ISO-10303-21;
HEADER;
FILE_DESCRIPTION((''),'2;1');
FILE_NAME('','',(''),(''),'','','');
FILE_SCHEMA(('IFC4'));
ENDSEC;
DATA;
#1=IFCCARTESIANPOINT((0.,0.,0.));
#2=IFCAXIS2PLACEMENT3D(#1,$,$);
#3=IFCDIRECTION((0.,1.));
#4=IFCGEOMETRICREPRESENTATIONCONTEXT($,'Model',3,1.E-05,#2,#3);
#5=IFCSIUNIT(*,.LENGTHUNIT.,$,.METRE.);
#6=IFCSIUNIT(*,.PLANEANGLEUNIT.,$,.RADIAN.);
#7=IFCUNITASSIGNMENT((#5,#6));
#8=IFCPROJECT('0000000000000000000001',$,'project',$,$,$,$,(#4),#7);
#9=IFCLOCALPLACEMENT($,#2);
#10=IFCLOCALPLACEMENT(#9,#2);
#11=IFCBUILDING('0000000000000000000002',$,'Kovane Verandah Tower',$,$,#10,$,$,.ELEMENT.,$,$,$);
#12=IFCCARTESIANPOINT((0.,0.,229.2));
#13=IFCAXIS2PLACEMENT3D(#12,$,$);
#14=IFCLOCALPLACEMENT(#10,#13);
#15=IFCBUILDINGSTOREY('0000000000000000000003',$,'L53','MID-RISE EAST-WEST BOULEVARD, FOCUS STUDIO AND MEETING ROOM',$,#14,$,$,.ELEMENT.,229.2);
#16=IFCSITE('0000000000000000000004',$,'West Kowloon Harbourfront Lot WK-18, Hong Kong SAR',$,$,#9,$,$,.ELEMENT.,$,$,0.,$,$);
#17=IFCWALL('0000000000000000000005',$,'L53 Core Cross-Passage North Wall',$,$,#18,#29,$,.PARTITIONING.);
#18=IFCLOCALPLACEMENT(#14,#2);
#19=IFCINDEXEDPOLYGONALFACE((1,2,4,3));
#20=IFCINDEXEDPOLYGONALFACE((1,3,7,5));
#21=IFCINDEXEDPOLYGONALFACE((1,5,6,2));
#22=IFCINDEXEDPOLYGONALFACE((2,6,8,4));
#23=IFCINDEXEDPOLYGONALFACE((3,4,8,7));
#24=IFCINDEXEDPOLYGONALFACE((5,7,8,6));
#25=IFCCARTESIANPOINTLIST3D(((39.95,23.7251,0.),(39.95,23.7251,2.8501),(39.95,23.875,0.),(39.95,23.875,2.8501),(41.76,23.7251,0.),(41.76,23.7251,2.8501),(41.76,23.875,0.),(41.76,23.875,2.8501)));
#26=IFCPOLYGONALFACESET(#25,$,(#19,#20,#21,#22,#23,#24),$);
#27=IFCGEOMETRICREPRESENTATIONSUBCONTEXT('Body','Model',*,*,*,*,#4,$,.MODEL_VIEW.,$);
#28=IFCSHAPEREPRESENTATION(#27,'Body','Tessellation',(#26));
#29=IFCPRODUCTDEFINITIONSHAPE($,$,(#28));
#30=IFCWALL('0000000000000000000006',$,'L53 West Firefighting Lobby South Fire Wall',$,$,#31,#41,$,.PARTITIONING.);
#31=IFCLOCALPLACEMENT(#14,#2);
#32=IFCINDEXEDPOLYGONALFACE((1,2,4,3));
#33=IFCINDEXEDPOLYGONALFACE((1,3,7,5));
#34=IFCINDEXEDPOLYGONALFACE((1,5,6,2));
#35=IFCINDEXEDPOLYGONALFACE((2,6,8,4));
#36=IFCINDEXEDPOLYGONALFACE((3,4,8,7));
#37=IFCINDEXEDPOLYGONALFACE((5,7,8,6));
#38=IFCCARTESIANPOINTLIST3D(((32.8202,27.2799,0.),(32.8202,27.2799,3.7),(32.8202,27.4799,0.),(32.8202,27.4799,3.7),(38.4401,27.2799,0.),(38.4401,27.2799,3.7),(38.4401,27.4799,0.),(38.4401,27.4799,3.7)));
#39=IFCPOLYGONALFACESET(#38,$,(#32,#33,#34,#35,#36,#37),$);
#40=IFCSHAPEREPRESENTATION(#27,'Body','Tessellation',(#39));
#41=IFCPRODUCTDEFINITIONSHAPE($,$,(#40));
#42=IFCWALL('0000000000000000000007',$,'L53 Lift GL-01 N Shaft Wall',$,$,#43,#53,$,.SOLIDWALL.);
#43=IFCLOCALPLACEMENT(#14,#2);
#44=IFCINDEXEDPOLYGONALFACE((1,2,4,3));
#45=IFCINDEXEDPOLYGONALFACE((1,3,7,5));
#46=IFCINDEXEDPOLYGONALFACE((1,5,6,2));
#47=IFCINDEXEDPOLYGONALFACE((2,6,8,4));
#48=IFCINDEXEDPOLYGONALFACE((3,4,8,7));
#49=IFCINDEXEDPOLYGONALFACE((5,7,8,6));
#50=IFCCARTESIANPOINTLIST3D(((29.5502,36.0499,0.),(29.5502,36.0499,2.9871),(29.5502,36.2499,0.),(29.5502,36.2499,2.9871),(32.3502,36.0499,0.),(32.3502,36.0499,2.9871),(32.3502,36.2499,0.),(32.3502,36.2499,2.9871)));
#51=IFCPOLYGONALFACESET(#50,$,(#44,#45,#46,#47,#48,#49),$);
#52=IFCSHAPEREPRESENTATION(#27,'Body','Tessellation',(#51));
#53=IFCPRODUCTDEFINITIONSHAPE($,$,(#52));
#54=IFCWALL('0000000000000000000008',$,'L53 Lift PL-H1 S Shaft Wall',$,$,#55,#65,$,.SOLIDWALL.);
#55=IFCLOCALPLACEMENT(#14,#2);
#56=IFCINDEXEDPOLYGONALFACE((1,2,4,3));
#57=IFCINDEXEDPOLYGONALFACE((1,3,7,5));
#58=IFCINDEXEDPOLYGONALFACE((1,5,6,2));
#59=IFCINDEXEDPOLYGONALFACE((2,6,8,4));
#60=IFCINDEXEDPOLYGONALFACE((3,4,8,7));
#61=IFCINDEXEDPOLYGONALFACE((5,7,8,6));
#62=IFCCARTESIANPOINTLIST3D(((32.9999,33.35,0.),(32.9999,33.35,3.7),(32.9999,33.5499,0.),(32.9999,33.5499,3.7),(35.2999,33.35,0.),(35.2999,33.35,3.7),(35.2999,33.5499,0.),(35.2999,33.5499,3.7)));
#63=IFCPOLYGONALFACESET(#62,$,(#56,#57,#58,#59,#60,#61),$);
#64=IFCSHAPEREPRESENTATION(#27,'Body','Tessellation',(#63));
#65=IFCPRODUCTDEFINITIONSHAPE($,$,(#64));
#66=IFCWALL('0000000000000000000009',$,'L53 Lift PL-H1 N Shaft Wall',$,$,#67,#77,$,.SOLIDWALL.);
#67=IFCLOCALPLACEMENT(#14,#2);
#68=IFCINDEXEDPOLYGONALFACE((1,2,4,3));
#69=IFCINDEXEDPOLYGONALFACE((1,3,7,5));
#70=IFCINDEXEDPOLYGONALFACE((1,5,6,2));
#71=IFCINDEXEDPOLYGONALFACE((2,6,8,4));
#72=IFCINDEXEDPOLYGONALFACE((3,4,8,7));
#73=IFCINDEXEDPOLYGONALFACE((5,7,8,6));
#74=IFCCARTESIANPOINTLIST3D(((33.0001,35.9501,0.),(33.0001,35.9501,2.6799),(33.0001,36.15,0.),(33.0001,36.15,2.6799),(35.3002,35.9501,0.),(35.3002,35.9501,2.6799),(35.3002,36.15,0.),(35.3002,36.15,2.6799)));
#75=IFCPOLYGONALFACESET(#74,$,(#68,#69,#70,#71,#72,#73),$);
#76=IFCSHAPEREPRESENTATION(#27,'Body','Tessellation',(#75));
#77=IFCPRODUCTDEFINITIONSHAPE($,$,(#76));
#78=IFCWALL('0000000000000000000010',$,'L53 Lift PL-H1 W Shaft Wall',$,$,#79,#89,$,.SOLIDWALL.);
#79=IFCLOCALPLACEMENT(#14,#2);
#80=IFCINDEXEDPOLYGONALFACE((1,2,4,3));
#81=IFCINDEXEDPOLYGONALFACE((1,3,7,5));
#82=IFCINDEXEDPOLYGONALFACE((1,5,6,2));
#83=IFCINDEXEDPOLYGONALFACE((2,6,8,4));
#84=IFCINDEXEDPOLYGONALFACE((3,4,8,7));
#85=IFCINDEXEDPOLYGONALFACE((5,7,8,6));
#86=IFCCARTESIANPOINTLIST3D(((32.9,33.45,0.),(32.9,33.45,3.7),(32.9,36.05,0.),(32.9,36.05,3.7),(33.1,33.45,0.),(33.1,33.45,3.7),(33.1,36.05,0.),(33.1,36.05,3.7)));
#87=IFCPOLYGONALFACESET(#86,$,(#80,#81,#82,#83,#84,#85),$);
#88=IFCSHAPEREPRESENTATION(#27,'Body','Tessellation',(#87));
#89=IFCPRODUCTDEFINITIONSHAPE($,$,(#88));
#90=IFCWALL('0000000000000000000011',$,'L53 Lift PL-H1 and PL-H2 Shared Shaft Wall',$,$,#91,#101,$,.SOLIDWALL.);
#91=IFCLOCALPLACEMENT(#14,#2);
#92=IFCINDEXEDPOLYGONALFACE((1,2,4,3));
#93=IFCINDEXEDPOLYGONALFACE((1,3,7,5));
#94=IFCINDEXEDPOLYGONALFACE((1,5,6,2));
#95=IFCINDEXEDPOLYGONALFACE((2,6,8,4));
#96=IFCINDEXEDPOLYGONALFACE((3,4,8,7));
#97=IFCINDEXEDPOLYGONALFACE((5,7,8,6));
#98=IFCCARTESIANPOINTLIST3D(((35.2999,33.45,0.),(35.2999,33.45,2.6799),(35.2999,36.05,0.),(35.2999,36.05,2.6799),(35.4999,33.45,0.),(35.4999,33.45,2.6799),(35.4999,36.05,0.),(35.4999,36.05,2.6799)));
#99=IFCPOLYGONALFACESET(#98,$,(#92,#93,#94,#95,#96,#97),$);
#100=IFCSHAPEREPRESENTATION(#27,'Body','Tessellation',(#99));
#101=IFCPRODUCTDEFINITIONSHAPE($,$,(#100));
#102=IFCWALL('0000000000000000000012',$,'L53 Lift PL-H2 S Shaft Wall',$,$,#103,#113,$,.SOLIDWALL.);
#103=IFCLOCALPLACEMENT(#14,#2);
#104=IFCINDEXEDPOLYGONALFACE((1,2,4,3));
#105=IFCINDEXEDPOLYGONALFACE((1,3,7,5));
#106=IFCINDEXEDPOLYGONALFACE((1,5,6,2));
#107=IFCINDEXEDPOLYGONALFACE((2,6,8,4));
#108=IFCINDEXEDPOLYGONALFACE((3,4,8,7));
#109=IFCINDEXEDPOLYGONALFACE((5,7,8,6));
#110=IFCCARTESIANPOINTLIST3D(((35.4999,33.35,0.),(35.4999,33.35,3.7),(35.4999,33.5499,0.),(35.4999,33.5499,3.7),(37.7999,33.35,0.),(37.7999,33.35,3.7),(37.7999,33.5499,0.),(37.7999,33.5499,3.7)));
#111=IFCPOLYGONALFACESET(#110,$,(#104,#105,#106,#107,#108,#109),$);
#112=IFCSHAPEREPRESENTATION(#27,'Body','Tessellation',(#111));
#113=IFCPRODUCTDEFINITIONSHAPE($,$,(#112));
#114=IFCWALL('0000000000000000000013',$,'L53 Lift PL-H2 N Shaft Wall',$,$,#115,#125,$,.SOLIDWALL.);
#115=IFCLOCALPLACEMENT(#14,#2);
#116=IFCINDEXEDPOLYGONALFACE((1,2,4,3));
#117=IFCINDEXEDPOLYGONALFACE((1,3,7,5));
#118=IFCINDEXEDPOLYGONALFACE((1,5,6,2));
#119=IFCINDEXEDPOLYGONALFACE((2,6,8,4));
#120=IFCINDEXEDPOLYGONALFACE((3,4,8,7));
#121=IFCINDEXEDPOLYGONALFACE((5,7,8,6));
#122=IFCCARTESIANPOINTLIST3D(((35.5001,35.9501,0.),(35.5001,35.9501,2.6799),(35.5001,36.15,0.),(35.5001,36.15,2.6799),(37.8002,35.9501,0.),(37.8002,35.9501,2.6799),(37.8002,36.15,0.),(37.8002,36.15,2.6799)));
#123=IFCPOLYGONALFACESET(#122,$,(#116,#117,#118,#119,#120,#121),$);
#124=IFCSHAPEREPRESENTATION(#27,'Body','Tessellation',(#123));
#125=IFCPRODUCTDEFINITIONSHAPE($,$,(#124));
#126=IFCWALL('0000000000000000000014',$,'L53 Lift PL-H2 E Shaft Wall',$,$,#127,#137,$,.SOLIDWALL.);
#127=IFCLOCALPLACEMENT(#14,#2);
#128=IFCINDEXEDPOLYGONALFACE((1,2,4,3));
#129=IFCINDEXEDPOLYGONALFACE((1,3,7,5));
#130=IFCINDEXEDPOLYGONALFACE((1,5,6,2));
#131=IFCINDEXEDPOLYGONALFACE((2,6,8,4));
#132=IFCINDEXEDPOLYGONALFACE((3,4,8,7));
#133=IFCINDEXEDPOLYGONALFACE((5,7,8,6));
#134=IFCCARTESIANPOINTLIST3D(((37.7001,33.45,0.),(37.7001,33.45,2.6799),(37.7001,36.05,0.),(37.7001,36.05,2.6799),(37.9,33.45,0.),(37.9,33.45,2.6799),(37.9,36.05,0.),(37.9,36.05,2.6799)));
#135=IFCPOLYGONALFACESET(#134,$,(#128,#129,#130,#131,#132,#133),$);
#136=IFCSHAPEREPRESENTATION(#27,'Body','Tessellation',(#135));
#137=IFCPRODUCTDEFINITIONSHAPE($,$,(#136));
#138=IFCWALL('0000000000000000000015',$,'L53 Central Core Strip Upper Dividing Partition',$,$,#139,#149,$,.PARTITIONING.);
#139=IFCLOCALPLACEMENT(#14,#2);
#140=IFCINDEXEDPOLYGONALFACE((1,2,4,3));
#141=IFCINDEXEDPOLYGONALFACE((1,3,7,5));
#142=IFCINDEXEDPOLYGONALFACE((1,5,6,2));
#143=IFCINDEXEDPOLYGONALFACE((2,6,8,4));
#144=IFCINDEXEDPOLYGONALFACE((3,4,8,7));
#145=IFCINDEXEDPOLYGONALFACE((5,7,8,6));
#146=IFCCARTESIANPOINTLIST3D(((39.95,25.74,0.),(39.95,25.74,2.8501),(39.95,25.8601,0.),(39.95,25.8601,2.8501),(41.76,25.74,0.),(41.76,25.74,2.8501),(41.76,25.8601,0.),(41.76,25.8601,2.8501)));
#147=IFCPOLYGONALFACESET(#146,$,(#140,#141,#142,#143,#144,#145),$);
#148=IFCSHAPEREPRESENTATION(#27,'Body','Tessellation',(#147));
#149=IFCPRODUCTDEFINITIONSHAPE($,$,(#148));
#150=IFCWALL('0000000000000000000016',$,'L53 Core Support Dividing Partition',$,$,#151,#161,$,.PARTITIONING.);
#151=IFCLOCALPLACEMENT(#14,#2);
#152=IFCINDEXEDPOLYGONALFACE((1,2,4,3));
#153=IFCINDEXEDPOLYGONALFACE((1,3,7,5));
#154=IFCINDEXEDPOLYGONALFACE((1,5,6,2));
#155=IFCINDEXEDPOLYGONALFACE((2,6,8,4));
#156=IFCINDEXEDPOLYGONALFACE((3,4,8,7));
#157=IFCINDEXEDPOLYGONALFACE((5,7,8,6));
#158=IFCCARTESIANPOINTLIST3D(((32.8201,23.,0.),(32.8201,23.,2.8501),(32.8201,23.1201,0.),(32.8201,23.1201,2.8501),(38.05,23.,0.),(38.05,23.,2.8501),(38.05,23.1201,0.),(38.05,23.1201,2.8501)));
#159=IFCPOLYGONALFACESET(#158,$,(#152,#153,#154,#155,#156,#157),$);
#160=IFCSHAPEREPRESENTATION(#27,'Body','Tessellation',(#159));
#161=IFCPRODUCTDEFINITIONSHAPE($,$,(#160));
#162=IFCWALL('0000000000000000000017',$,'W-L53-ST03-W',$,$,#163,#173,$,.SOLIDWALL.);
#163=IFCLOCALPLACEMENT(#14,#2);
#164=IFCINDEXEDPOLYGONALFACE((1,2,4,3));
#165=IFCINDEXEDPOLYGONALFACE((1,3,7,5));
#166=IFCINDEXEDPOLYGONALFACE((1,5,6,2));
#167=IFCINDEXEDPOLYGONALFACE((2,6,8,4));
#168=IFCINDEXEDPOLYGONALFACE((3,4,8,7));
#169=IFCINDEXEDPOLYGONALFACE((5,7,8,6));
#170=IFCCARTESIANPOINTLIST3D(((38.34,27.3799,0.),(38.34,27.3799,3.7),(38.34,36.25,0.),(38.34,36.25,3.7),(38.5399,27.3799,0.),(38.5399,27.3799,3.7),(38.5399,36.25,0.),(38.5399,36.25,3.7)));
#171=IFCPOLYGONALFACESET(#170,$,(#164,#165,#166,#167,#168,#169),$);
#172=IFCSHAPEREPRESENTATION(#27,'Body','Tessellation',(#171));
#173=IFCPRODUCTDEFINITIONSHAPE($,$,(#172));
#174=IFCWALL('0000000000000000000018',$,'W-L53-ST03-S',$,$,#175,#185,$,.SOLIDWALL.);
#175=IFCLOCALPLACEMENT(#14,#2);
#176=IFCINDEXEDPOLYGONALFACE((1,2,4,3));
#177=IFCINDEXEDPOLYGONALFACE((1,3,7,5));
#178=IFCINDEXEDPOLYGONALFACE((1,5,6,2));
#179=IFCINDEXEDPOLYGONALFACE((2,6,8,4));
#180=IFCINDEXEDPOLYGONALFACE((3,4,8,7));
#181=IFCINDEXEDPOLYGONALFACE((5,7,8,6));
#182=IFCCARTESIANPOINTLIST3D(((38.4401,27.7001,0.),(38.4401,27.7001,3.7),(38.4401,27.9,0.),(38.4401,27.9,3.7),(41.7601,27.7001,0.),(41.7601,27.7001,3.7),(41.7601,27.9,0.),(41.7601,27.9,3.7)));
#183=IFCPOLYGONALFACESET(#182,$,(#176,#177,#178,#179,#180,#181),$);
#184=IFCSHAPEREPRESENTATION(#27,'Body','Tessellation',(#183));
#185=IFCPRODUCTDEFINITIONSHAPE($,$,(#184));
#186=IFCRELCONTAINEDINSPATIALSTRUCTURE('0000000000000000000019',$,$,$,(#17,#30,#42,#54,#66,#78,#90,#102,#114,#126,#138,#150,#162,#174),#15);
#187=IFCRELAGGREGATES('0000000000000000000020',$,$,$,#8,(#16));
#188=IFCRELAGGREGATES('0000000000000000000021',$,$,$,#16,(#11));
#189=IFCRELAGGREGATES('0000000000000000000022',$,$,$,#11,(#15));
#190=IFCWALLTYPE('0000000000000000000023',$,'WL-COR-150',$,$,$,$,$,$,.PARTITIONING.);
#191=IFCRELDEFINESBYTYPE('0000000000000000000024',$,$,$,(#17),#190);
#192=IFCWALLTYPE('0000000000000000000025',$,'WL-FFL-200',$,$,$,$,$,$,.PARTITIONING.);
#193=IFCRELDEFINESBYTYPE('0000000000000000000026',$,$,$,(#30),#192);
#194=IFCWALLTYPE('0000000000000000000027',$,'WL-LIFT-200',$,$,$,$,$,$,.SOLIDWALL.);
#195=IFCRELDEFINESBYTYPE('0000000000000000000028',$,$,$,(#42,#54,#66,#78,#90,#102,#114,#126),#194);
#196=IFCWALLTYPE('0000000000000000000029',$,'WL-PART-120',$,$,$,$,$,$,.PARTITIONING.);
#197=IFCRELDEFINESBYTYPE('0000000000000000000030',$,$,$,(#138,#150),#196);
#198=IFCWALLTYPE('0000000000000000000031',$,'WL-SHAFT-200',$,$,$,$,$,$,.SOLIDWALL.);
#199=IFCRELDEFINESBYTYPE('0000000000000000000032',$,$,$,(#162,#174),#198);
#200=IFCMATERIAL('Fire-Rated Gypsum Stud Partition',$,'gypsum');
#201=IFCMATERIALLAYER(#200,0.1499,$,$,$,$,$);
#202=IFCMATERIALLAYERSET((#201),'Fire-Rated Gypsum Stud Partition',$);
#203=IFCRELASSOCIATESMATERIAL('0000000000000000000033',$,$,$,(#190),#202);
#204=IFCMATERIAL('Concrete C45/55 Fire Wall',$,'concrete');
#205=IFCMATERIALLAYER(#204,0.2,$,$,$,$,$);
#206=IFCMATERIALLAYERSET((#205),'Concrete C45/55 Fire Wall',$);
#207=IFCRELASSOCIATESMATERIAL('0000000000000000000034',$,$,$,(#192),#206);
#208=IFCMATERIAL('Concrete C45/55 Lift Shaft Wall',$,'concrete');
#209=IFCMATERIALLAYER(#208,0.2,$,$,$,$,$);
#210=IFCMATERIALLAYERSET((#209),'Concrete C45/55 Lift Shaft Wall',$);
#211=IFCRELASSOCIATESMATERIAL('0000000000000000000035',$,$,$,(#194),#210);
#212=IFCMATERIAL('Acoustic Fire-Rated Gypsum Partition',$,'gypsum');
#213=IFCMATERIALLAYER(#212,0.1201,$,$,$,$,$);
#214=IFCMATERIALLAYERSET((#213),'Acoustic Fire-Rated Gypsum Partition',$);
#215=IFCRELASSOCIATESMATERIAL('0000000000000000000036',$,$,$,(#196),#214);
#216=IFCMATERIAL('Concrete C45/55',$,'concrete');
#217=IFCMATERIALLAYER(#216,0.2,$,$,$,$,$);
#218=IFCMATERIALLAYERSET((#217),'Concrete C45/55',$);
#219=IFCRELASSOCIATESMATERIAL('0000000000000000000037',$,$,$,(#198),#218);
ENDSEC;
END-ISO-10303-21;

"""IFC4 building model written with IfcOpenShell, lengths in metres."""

from ifc_helpers import new_model, si_unit, direction, frame, frame_2d, origin, place, context, subcontext, project, spatial, rectangle, extrude, material, layer, layer_set, type_object, element, save


model = new_model("IFC4")

# Units and contexts
model_context = context("Model", 3, precision=1e-05, world=origin(), true_north=direction((0.0, 1.0)))
body_context = subcontext(model_context, "Body", "Model", "MODEL_VIEW")
ifc_project = project(units=[si_unit("LENGTHUNIT", "METRE"), si_unit("PLANEANGLEUNIT", "RADIAN")], contexts=[model_context])

# Site, building, storey
site_placement = place(None, origin())
site = spatial("IfcSite", under=ifc_project, at=site_placement, Name="West Kowloon Harbourfront Lot WK-18, Hong Kong SAR", CompositionType="ELEMENT", RefElevation=0.0)
building_placement = place(site_placement, origin())
building = spatial("IfcBuilding", under=site, at=building_placement, Name="Kovane Verandah Tower", CompositionType="ELEMENT")
storey_placement = place(building_placement, frame((0.0, 0.0, 229.2)))
storey = spatial("IfcBuildingStorey", under=building, at=storey_placement, Name="L53", Description="MID-RISE EAST-WEST BOULEVARD, FOCUS STUDIO AND MEETING ROOM", CompositionType="ELEMENT", Elevation=229.2)

# Wall
ifc_material_1 = material(Name="Fire-Rated Gypsum Stud Partition", Category="gypsum")
ifc_layer_1 = layer(ifc_material_1, 0.1499)
ifc_layer_set_1 = layer_set([ifc_layer_1], Name="Fire-Rated Gypsum Stud Partition")
wall_type_1 = type_object("IfcWallType", Name="WL-COR-150", PredefinedType="PARTITIONING", material=ifc_layer_set_1)
wall_1_placement = place(storey_placement, frame((39.95, 23.8, 0.0), z_axis=(0.0, 0.0, 1.0), x_axis=(1.0, 0.0, 0.0)))
element("IfcWall", 1, at=wall_1_placement, inside=storey, type_object=wall_type_1, Name="L53 Core Cross-Passage North Wall", PredefinedType="PARTITIONING", context=body_context, shape_type="SweptSolid", body=[
    extrude(rectangle(XDim=1.8101, YDim=0.1499, at=frame_2d((0.905, 0.0))), origin(), (0.0, 0.0, 1.0), 2.8501),
])

# Shared definitions
ifc_material_2 = material(Name="Concrete C45/55 Fire Wall", Category="concrete")
ifc_layer_2 = layer(ifc_material_2, 0.2)
ifc_layer_set_2 = layer_set([ifc_layer_2], Name="Concrete C45/55 Fire Wall")
wall_type_2 = type_object("IfcWallType", Name="WL-FFL-200", PredefinedType="PARTITIONING", material=ifc_layer_set_2)

# Walls
wall_2_placement = place(storey_placement, frame((32.8201, 27.3799, 0.0), z_axis=(0.0, 0.0, 1.0), x_axis=(1.0, 0.0, 0.0)))
element("IfcWall", 2, at=wall_2_placement, inside=storey, type_object=wall_type_2, Name="L53 West Firefighting Lobby South Fire Wall", PredefinedType="PARTITIONING", context=body_context, shape_type="SweptSolid", body=[
    extrude(rectangle(XDim=5.6199, YDim=0.2, at=frame_2d((2.8101, 0.0))), origin(), (0.0, 0.0, 1.0), 3.7),
])
ifc_material_3 = material(Name="Concrete C45/55 Lift Shaft Wall", Category="concrete")
ifc_layer_3 = layer(ifc_material_3, 0.2)
ifc_layer_set_3 = layer_set([ifc_layer_3], Name="Concrete C45/55 Lift Shaft Wall")
wall_type_3 = type_object("IfcWallType", Name="WL-LIFT-200", PredefinedType="SOLIDWALL", material=ifc_layer_set_3)
wall_3_placement = place(storey_placement, frame((32.3501, 36.1499, 0.0), z_axis=(0.0, 0.0, 1.0), x_axis=(-1.0, 0.0, 0.0)))
element("IfcWall", 3, at=wall_3_placement, inside=storey, type_object=wall_type_3, Name="L53 Lift GL-01 N Shaft Wall", PredefinedType="SOLIDWALL", context=body_context, shape_type="SweptSolid", body=[
    extrude(rectangle(XDim=2.8, YDim=0.2, at=frame_2d((1.3999, 0.0))), origin(), (0.0, 0.0, 1.0), 2.9871),
])
wall_4_placement = place(storey_placement, frame((33.0, 33.45, 0.0), z_axis=(0.0, 0.0, 1.0), x_axis=(1.0, 0.0, 0.0)))
element("IfcWall", 4, at=wall_4_placement, inside=storey, type_object=wall_type_3, Name="L53 Lift PL-H1 S Shaft Wall", PredefinedType="SOLIDWALL", context=body_context, shape_type="SweptSolid", body=[
    extrude(rectangle(XDim=2.3, YDim=0.2, at=frame_2d((1.1499, 0.0))), origin(), (0.0, 0.0, 1.0), 3.7),
])
wall_5_placement = place(storey_placement, frame((35.3, 36.05, 0.0), z_axis=(0.0, 0.0, 1.0), x_axis=(-1.0, 0.0, 0.0)))
element("IfcWall", 5, at=wall_5_placement, inside=storey, type_object=wall_type_3, Name="L53 Lift PL-H1 N Shaft Wall", PredefinedType="SOLIDWALL", context=body_context, shape_type="SweptSolid", body=[
    extrude(rectangle(XDim=2.3, YDim=0.2, at=frame_2d((1.1499, 0.0))), origin(), (0.0, 0.0, 1.0), 2.6799),
])
wall_6_placement = place(storey_placement, frame((33.0, 36.05, 0.0), z_axis=(0.0, 0.0, 1.0), x_axis=(0.0, -1.0, 0.0)))
element("IfcWall", 6, at=wall_6_placement, inside=storey, type_object=wall_type_3, Name="L53 Lift PL-H1 W Shaft Wall", PredefinedType="SOLIDWALL", context=body_context, shape_type="SweptSolid", body=[
    extrude(rectangle(XDim=2.6001, YDim=0.2, at=frame_2d((1.3, 0.0))), origin(), (0.0, 0.0, 1.0), 3.7),
])
wall_7_placement = place(storey_placement, frame((35.3999, 33.45, 0.0), z_axis=(0.0, 0.0, 1.0), x_axis=(0.0, 1.0, 0.0)))
element("IfcWall", 7, at=wall_7_placement, inside=storey, type_object=wall_type_3, Name="L53 Lift PL-H1 and PL-H2 Shared Shaft Wall", PredefinedType="SOLIDWALL", context=body_context, shape_type="SweptSolid", body=[
    extrude(rectangle(XDim=2.6001, YDim=0.2, at=frame_2d((1.3, 0.0))), origin(), (0.0, 0.0, 1.0), 2.6799),
])
wall_8_placement = place(storey_placement, frame((35.5, 33.45, 0.0), z_axis=(0.0, 0.0, 1.0), x_axis=(1.0, 0.0, 0.0)))
element("IfcWall", 8, at=wall_8_placement, inside=storey, type_object=wall_type_3, Name="L53 Lift PL-H2 S Shaft Wall", PredefinedType="SOLIDWALL", context=body_context, shape_type="SweptSolid", body=[
    extrude(rectangle(XDim=2.3, YDim=0.2, at=frame_2d((1.1499, 0.0))), origin(), (0.0, 0.0, 1.0), 3.7),
])
wall_9_placement = place(storey_placement, frame((37.8, 36.05, 0.0), z_axis=(0.0, 0.0, 1.0), x_axis=(-1.0, 0.0, 0.0)))
element("IfcWall", 9, at=wall_9_placement, inside=storey, type_object=wall_type_3, Name="L53 Lift PL-H2 N Shaft Wall", PredefinedType="SOLIDWALL", context=body_context, shape_type="SweptSolid", body=[
    extrude(rectangle(XDim=2.3, YDim=0.2, at=frame_2d((1.1499, 0.0))), origin(), (0.0, 0.0, 1.0), 2.6799),
])
wall_10_placement = place(storey_placement, frame((37.8, 33.45, 0.0), z_axis=(0.0, 0.0, 1.0), x_axis=(0.0, 1.0, 0.0)))
element("IfcWall", 10, at=wall_10_placement, inside=storey, type_object=wall_type_3, Name="L53 Lift PL-H2 E Shaft Wall", PredefinedType="SOLIDWALL", context=body_context, shape_type="SweptSolid", body=[
    extrude(rectangle(XDim=2.6001, YDim=0.2, at=frame_2d((1.3, 0.0))), origin(), (0.0, 0.0, 1.0), 2.6799),
])
ifc_material_4 = material(Name="Acoustic Fire-Rated Gypsum Partition", Category="gypsum")
ifc_layer_4 = layer(ifc_material_4, 0.1201)
ifc_layer_set_4 = layer_set([ifc_layer_4], Name="Acoustic Fire-Rated Gypsum Partition")
wall_type_4 = type_object("IfcWallType", Name="WL-PART-120", PredefinedType="PARTITIONING", material=ifc_layer_set_4)
wall_11_placement = place(storey_placement, frame((39.95, 25.8, 0.0), z_axis=(0.0, 0.0, 1.0), x_axis=(1.0, 0.0, 0.0)))
element("IfcWall", 11, at=wall_11_placement, inside=storey, type_object=wall_type_4, Name="L53 Central Core Strip Upper Dividing Partition", PredefinedType="PARTITIONING", context=body_context, shape_type="SweptSolid", body=[
    extrude(rectangle(XDim=1.8101, YDim=0.1201, at=frame_2d((0.905, 0.0))), origin(), (0.0, 0.0, 1.0), 2.8501),
])
wall_12_placement = place(storey_placement, frame((32.8201, 23.0601, 0.0), z_axis=(0.0, 0.0, 1.0), x_axis=(1.0, 0.0, 0.0)))
element("IfcWall", 12, at=wall_12_placement, inside=storey, type_object=wall_type_4, Name="L53 Core Support Dividing Partition", PredefinedType="PARTITIONING", context=body_context, shape_type="SweptSolid", body=[
    extrude(rectangle(XDim=5.23, YDim=0.1201, at=frame_2d((2.615, 0.0))), origin(), (0.0, 0.0, 1.0), 2.8501),
])
ifc_material_5 = material(Name="Concrete C45/55", Category="concrete")
ifc_layer_5 = layer(ifc_material_5, 0.2)
ifc_layer_set_5 = layer_set([ifc_layer_5], Name="Concrete C45/55")
wall_type_5 = type_object("IfcWallType", Name="WL-SHAFT-200", PredefinedType="SOLIDWALL", material=ifc_layer_set_5)
wall_13_placement = place(storey_placement, frame((38.4399, 27.3799, 0.0), z_axis=(0.0, 0.0, 1.0), x_axis=(0.0, 1.0, 0.0)))
element("IfcWall", 13, at=wall_13_placement, inside=storey, type_object=wall_type_5, Name="W-L53-ST03-W", PredefinedType="SOLIDWALL", context=body_context, shape_type="SweptSolid", body=[
    extrude(rectangle(XDim=8.8701, YDim=0.2, at=frame_2d((4.4351, 0.0))), origin(), (0.0, 0.0, 1.0), 3.7),
])
wall_14_placement = place(storey_placement, frame((38.4399, 27.8, 0.0), z_axis=(0.0, 0.0, 1.0), x_axis=(1.0, 0.0, 0.0)))
element("IfcWall", 14, at=wall_14_placement, inside=storey, type_object=wall_type_5, Name="W-L53-ST03-S", PredefinedType="SOLIDWALL", context=body_context, shape_type="SweptSolid", body=[
    extrude(rectangle(XDim=3.3201, YDim=0.2, at=frame_2d((1.6602, 0.0))), origin(), (0.0, 0.0, 1.0), 3.7),
])

save(model, "model.ifc")
